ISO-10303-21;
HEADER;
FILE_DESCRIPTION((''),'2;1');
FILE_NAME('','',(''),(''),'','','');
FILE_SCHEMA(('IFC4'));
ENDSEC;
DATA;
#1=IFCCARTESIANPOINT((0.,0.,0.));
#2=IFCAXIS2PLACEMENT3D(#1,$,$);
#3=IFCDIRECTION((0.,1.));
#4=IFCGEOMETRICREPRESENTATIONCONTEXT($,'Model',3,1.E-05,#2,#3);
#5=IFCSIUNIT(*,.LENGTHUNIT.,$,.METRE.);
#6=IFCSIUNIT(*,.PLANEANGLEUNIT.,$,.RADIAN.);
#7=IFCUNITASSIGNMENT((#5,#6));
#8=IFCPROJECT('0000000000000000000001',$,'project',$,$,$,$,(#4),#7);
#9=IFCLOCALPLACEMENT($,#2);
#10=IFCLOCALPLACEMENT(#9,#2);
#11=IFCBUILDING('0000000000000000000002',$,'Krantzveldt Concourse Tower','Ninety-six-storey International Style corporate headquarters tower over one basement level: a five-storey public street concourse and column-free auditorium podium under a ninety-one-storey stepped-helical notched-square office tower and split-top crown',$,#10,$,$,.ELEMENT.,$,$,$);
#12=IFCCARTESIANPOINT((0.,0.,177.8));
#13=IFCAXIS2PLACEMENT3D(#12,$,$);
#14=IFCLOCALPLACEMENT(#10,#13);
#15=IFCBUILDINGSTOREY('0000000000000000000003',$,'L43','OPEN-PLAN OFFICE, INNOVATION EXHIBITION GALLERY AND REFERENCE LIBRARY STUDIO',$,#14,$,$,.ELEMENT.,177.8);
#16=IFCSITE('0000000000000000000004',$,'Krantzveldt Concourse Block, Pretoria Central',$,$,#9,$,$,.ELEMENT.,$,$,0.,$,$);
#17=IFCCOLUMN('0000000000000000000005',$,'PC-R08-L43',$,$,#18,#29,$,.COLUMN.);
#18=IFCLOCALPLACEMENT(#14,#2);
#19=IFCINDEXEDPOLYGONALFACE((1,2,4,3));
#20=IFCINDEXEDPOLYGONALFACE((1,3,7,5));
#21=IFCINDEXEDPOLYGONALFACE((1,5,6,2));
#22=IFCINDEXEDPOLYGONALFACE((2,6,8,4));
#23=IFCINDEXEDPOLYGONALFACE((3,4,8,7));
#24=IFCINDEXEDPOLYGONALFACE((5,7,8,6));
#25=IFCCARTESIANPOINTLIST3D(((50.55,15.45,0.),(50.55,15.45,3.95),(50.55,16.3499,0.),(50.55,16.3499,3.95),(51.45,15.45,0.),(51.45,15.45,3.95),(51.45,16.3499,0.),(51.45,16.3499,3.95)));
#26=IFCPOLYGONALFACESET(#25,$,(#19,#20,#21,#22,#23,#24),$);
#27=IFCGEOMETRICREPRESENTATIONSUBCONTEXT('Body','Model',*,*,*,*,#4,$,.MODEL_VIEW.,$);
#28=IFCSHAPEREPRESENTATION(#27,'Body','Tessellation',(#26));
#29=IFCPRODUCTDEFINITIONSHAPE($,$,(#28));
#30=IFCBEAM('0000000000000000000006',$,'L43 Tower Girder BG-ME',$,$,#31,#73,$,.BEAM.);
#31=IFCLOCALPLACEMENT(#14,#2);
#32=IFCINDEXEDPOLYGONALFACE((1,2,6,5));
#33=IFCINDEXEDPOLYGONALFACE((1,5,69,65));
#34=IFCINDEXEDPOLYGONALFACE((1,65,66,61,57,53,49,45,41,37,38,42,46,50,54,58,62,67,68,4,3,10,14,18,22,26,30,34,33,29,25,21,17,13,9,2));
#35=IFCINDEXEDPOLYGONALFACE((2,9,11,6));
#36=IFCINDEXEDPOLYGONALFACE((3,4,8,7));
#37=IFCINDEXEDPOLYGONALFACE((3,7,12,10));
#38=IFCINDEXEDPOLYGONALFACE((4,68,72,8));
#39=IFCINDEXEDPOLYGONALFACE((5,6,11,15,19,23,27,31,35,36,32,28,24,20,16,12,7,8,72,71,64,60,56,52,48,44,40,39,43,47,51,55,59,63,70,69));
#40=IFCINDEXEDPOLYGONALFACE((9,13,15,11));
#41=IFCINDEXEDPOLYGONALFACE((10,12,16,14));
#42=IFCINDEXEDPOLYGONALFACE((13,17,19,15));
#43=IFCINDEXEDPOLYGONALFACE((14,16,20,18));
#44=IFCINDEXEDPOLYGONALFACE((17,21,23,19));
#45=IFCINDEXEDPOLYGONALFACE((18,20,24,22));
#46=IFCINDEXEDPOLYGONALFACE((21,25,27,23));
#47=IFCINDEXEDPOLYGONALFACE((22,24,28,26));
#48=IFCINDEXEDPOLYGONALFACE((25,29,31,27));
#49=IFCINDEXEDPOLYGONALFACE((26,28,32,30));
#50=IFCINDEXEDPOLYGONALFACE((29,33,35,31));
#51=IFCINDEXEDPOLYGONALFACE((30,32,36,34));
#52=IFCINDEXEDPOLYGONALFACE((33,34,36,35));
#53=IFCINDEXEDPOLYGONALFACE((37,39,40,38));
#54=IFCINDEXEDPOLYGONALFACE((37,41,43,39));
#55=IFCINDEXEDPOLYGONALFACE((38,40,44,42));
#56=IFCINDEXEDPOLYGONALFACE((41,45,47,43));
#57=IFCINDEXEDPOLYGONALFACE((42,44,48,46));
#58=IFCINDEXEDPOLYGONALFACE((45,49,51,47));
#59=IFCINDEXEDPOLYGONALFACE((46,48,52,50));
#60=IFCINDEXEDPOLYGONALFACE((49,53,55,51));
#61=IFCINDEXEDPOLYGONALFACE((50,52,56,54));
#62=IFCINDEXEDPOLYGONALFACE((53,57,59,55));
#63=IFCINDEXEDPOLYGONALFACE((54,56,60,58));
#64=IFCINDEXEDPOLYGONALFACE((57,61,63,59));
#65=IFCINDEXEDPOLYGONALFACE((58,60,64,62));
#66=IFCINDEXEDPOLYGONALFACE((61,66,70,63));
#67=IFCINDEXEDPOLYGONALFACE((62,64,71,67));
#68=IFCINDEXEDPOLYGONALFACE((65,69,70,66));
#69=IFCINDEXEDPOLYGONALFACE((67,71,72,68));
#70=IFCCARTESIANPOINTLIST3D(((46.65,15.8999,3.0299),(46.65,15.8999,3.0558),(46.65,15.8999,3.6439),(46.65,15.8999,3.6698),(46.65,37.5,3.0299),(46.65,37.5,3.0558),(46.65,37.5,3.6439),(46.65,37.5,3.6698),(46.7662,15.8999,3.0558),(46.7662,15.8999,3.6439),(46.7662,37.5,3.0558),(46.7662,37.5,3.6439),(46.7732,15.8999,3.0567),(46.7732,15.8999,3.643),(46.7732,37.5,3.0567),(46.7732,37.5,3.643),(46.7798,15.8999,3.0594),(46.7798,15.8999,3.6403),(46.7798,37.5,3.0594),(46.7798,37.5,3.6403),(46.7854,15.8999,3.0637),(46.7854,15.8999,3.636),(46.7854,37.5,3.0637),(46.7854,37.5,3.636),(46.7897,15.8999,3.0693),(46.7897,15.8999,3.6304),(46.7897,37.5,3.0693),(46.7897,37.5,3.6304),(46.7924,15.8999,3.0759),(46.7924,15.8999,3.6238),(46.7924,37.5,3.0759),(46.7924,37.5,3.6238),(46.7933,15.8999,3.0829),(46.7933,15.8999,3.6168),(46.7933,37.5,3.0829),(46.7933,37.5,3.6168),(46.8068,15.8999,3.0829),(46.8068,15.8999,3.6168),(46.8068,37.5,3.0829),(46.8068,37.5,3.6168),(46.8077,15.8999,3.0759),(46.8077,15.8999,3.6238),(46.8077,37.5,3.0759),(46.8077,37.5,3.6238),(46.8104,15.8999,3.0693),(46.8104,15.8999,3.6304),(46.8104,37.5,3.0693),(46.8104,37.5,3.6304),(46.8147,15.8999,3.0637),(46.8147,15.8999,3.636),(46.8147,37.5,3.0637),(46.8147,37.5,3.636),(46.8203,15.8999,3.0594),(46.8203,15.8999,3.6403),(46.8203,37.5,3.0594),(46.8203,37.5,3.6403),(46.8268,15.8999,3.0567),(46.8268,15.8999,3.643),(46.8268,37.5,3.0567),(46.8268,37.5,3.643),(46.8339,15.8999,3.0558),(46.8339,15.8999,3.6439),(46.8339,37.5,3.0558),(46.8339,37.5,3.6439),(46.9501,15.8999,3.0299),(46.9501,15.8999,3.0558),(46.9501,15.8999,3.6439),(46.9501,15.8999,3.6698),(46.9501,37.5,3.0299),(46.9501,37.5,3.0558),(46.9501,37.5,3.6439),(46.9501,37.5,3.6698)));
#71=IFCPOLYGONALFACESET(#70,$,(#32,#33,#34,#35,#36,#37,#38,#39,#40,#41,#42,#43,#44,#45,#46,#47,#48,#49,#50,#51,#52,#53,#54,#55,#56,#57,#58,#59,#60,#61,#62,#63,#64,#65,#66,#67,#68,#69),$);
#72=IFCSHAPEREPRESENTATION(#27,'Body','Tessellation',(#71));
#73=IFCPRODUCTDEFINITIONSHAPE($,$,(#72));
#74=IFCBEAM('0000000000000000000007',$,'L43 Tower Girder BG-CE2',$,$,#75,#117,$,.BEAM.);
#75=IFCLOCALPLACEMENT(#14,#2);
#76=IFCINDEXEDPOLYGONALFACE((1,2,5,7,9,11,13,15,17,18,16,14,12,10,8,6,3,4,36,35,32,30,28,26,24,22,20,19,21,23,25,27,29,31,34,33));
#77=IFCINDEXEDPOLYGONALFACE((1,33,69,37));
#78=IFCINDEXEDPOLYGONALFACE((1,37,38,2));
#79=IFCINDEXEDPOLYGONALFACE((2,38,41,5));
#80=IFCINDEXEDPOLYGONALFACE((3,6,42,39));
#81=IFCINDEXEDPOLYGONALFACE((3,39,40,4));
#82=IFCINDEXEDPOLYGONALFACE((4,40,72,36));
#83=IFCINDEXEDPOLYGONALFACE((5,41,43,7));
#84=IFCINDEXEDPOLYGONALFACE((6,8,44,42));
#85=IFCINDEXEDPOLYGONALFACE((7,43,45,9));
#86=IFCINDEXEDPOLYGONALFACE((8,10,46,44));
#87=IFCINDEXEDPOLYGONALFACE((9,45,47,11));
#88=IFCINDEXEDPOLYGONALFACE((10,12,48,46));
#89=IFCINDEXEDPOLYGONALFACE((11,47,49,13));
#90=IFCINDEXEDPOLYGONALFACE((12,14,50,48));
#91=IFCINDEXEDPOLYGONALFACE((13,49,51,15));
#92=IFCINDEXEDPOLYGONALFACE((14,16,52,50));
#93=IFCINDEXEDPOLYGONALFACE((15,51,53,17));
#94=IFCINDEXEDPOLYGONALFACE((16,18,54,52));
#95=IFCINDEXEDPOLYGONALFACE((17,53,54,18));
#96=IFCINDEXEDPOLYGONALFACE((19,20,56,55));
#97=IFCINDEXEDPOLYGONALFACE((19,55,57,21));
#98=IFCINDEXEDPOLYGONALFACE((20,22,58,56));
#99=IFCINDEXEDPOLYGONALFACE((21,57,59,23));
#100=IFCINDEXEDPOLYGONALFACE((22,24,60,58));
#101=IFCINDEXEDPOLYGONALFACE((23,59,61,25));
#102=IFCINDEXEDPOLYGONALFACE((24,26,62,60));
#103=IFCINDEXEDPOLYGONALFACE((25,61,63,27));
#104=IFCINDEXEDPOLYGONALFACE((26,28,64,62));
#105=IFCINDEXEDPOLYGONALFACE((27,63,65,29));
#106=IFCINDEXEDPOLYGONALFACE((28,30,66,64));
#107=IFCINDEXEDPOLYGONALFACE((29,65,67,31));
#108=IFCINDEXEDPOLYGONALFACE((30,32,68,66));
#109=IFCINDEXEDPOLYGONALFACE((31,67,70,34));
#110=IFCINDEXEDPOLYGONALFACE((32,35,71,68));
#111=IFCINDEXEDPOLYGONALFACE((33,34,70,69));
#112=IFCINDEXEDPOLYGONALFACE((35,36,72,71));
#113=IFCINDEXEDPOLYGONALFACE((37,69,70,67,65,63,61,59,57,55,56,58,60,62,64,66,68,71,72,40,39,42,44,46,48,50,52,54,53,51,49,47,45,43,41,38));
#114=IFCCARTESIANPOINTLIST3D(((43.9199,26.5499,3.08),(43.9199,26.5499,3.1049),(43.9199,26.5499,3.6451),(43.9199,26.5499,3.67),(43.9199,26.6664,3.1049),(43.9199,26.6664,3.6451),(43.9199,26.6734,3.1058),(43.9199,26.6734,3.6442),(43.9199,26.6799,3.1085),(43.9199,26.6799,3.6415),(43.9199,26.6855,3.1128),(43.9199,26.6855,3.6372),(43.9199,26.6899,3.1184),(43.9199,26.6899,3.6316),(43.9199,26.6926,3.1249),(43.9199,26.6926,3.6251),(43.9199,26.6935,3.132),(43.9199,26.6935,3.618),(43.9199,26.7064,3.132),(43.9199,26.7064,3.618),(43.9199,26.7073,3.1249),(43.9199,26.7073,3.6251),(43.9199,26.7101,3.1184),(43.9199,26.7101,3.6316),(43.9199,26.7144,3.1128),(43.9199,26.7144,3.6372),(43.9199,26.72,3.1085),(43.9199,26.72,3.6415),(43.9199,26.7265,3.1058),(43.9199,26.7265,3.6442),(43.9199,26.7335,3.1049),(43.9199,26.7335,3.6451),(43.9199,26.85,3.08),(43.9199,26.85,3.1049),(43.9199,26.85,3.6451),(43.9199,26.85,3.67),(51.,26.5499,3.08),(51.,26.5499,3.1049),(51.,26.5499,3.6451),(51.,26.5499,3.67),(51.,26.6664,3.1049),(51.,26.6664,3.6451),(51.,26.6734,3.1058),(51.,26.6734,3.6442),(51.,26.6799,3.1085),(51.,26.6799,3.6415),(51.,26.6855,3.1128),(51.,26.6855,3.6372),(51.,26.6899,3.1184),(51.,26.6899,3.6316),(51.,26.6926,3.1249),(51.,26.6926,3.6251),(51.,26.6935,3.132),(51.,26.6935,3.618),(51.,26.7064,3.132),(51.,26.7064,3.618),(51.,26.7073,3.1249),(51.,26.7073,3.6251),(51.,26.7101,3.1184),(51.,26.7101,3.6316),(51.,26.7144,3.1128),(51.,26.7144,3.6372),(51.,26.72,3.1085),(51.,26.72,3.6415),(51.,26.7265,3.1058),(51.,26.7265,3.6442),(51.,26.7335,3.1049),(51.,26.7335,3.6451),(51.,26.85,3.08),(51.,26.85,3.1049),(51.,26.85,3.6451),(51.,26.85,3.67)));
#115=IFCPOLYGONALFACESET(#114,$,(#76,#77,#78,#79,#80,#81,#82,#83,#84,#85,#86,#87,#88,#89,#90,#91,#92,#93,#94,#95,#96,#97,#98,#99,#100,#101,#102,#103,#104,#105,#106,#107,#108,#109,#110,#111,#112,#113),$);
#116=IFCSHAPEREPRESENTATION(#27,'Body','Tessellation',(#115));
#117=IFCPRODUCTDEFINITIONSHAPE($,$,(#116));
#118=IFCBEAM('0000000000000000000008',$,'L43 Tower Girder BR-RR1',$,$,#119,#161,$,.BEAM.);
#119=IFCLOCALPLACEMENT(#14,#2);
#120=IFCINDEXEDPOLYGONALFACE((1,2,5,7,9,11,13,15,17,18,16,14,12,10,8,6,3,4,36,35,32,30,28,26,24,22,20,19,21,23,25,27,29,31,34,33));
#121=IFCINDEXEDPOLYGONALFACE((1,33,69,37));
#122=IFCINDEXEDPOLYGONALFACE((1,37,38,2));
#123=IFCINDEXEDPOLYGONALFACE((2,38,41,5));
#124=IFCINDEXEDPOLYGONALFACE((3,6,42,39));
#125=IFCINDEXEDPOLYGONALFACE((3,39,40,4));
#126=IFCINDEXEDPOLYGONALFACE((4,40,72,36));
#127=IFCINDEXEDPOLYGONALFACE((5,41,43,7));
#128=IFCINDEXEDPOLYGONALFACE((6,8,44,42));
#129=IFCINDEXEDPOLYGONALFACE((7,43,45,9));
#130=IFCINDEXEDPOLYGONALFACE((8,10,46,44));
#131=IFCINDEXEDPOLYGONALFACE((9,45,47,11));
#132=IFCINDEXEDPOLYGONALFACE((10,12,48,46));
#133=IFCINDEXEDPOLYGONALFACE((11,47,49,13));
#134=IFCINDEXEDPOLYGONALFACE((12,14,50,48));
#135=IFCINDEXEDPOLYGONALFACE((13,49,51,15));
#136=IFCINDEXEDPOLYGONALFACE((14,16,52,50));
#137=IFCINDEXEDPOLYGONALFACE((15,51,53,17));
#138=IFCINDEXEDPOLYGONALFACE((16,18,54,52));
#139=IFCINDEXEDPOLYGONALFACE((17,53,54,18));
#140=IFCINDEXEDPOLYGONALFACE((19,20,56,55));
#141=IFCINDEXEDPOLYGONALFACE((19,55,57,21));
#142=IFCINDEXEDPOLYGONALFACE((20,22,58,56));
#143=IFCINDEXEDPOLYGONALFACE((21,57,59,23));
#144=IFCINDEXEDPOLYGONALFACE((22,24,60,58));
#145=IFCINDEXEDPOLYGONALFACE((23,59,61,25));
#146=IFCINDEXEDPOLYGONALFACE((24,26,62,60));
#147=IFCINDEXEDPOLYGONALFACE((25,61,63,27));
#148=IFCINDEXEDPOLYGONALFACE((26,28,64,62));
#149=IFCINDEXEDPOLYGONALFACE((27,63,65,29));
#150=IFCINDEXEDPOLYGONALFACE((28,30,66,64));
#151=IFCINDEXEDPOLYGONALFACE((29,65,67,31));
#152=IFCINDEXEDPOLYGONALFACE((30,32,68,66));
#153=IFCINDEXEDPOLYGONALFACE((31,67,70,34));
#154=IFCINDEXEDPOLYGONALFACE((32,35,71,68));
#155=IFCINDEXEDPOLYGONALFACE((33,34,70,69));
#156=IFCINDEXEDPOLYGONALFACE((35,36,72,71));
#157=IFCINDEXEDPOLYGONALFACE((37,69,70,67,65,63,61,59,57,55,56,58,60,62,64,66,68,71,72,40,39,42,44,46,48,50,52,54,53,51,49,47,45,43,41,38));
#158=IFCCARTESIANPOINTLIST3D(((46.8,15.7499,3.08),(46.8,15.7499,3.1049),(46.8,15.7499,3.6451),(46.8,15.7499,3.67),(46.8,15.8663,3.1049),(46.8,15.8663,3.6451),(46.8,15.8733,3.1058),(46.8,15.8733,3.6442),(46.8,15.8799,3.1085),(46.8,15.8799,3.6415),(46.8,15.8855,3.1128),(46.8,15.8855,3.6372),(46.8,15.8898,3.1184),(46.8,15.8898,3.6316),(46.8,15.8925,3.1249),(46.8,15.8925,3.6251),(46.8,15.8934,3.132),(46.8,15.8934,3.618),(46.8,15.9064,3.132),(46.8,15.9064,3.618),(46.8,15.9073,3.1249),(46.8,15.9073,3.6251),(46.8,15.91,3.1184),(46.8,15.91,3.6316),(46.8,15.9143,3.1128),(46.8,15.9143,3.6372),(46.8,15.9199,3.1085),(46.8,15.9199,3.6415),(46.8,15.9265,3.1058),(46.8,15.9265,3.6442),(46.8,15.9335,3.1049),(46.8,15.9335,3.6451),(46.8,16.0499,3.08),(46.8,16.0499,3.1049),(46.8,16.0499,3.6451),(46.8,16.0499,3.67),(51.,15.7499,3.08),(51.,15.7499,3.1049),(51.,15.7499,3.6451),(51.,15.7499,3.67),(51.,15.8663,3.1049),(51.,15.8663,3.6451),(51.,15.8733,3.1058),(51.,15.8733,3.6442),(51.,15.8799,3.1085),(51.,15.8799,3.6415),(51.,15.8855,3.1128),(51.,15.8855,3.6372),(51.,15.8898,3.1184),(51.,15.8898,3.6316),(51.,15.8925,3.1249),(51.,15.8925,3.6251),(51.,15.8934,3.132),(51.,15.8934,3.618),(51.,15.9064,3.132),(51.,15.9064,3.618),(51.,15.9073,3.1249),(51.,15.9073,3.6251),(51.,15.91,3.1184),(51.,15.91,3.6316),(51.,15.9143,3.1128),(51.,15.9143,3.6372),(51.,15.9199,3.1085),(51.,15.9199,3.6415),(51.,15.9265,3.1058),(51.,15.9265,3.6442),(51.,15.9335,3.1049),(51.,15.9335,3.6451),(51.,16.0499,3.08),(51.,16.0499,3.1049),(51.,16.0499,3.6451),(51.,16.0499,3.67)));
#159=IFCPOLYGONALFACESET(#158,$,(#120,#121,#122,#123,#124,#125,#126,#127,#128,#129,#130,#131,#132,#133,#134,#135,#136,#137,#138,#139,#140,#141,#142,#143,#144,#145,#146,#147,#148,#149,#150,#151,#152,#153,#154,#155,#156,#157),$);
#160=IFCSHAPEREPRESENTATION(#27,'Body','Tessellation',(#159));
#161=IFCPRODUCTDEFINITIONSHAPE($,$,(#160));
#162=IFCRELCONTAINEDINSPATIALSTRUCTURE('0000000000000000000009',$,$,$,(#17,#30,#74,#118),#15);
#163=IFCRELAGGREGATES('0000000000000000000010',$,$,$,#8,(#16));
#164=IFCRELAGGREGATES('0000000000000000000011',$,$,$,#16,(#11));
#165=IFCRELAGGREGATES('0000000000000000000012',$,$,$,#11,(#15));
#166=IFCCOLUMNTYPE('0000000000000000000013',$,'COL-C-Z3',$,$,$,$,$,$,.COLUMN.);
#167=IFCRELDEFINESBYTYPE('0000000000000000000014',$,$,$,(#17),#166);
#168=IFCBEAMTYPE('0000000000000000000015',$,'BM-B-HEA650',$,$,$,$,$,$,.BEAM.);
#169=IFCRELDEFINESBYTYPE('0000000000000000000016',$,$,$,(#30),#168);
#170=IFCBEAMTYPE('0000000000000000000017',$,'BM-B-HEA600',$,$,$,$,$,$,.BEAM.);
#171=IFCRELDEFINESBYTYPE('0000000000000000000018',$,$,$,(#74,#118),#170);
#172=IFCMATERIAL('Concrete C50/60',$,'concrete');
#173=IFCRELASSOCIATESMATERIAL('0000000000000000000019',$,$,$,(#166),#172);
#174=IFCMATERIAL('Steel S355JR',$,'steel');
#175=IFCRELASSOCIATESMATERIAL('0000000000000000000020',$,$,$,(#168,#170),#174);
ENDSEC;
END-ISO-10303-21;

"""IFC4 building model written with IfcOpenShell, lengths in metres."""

from ifc_helpers import new_model, si_unit, direction, frame, origin, origin_2d, place, context, subcontext, project, spatial, rectangle, i_section, extrude, source, transform, mapped, material, material_profile, profile_set, type_object, type_shapes, element, save


model = new_model("IFC4")

# Units and contexts
model_context = context("Model", 3, precision=1e-05, world=origin(), true_north=direction((0.0, 1.0)))
body_context = subcontext(model_context, "Body", "Model", "MODEL_VIEW")
ifc_project = project(units=[si_unit("LENGTHUNIT", "METRE"), si_unit("PLANEANGLEUNIT", "RADIAN")], contexts=[model_context])

# Site, building, storey
site_placement = place(None, origin())
site = spatial("IfcSite", under=ifc_project, at=site_placement, Name="Krantzveldt Concourse Block, Pretoria Central", CompositionType="ELEMENT", RefElevation=0.0)
building_placement = place(site_placement, origin())
building = spatial("IfcBuilding", under=site, at=building_placement, Name="Krantzveldt Concourse Tower", Description="Ninety-six-storey International Style corporate headquarters tower over one basement level: a five-storey public street concourse and column-free auditorium podium under a ninety-one-storey stepped-helical notched-square office tower and split-top crown", CompositionType="ELEMENT")
storey_placement = place(building_placement, frame((0.0, 0.0, 177.8)))
storey = spatial("IfcBuildingStorey", under=building, at=storey_placement, Name="L43", Description="OPEN-PLAN OFFICE, INNOVATION EXHIBITION GALLERY AND REFERENCE LIBRARY STUDIO", CompositionType="ELEMENT", Elevation=177.8)

# Column
ifc_material_1 = material(Name="Concrete C50/60", Category="concrete")
ifc_material_profile_1 = material_profile(ifc_material_1, rectangle(XDim=0.8999, YDim=0.8999, at=origin_2d()), Name="Concrete C50/60", Category="concrete")
ifc_profile_set_1 = profile_set([ifc_material_profile_1], Name="Concrete C50/60 - RC 900x900")
column_type = type_object("IfcColumnType", Name="COL-C-Z3", PredefinedType="COLUMN", material=ifc_profile_set_1)
shared_shape_1 = source(origin(), body_context, "Body", "SweptSolid", [
    extrude(rectangle(XDim=0.8999, YDim=0.8999, at=origin_2d()), origin(), (0.0, 0.0, 1.0), 3.95),
])
type_shapes(column_type, [shared_shape_1])
column_placement = place(storey_placement, frame((51.0, 15.8999, 0.0), z_axis=(0.0, 0.0, 1.0), x_axis=(1.0, 0.0, 0.0)))
element("IfcColumn", 1, at=column_placement, inside=storey, type_object=column_type, Name="PC-R08-L43", PredefinedType="COLUMN", context=body_context, shape_type="MappedRepresentation", body=[
    mapped(shared_shape_1, transform((0.0, 0.0, 0.0), x_axis=(1.0, 0.0, 0.0), y_axis=(0.0, 1.0, 0.0), z_axis=(0.0, 0.0, 1.0), scale=1.0)),
])

# Beams
ifc_material_2 = material(Name="Steel S355JR", Category="steel")
ifc_material_profile_2 = material_profile(ifc_material_2, i_section(OverallWidth=0.3, OverallDepth=0.6399, WebThickness=0.0134, FlangeThickness=0.0259, FilletRadius=0.0271, at=origin_2d()), Name="Steel S355JR", Category="steel")
ifc_profile_set_2 = profile_set([ifc_material_profile_2], Name="Steel S355JR - HEA 650")
beam_type_1 = type_object("IfcBeamType", Name="BM-B-HEA650", PredefinedType="BEAM", material=ifc_profile_set_2)
shared_shape_2 = source(origin(), body_context, "Body", "SweptSolid", [
    extrude(i_section(OverallWidth=0.3, OverallDepth=0.6399, WebThickness=0.0134, FlangeThickness=0.0259, FilletRadius=0.0271, at=origin_2d()), origin(), (0.0, 0.0, 1.0), 21.6001),
])
type_shapes(beam_type_1, [shared_shape_2])
beam_1_placement = place(storey_placement, frame((46.8, 15.8999, 3.3499), z_axis=(0.0, 1.0, 0.0), x_axis=(-1.0, 0.0, 0.0)))
element("IfcBeam", 2, at=beam_1_placement, inside=storey, type_object=beam_type_1, Name="L43 Tower Girder BG-ME", PredefinedType="BEAM", context=body_context, shape_type="MappedRepresentation", body=[
    mapped(shared_shape_2, transform((0.0, 0.0, 0.0), x_axis=(1.0, 0.0, 0.0), y_axis=(0.0, 1.0, 0.0), z_axis=(0.0, 0.0, 1.0), scale=1.0)),
])
ifc_material_profile_3 = material_profile(ifc_material_2, i_section(OverallWidth=0.3, OverallDepth=0.5901, WebThickness=0.0129, FlangeThickness=0.0249, FilletRadius=0.0271, at=origin_2d()), Name="Steel S355JR", Category="steel")
ifc_profile_set_3 = profile_set([ifc_material_profile_3], Name="Steel S355JR - HEA 600")
beam_type_2 = type_object("IfcBeamType", Name="BM-B-HEA600", PredefinedType="BEAM", material=ifc_profile_set_3)
shared_shape_3 = source(origin(), body_context, "Body", "SweptSolid", [
    extrude(i_section(OverallWidth=0.3, OverallDepth=0.5901, WebThickness=0.0129, FlangeThickness=0.0249, FilletRadius=0.0271, at=origin_2d()), origin(), (0.0, 0.0, 1.0), 7.0801),
])
beam_2_placement = place(storey_placement, frame((43.9199, 26.7, 3.375), z_axis=(1.0, 0.0, 0.0), x_axis=(0.0, 1.0, 0.0)))
element("IfcBeam", 3, at=beam_2_placement, inside=storey, type_object=beam_type_2, Name="L43 Tower Girder BG-CE2", PredefinedType="BEAM", context=body_context, shape_type="MappedRepresentation", body=[
    mapped(shared_shape_3, transform((0.0, 0.0, 0.0), x_axis=(1.0, 0.0, 0.0), y_axis=(0.0, 1.0, 0.0), z_axis=(0.0, 0.0, 1.0), scale=1.0)),
])
shared_shape_4 = source(origin(), body_context, "Body", "SweptSolid", [
    extrude(i_section(OverallWidth=0.3, OverallDepth=0.5901, WebThickness=0.0129, FlangeThickness=0.0249, FilletRadius=0.0271, at=origin_2d()), origin(), (0.0, 0.0, 1.0), 4.2),
])
beam_3_placement = place(storey_placement, frame((46.8, 15.8999, 3.375), z_axis=(1.0, 0.0, 0.0), x_axis=(0.0, 1.0, 0.0)))
element("IfcBeam", 4, at=beam_3_placement, inside=storey, type_object=beam_type_2, Name="L43 Tower Girder BR-RR1", PredefinedType="BEAM", context=body_context, shape_type="MappedRepresentation", body=[
    mapped(shared_shape_4, transform((0.0, 0.0, 0.0), x_axis=(1.0, 0.0, 0.0), y_axis=(0.0, 1.0, 0.0), z_axis=(0.0, 0.0, 1.0), scale=1.0)),
])

save(model, "model.ifc")
